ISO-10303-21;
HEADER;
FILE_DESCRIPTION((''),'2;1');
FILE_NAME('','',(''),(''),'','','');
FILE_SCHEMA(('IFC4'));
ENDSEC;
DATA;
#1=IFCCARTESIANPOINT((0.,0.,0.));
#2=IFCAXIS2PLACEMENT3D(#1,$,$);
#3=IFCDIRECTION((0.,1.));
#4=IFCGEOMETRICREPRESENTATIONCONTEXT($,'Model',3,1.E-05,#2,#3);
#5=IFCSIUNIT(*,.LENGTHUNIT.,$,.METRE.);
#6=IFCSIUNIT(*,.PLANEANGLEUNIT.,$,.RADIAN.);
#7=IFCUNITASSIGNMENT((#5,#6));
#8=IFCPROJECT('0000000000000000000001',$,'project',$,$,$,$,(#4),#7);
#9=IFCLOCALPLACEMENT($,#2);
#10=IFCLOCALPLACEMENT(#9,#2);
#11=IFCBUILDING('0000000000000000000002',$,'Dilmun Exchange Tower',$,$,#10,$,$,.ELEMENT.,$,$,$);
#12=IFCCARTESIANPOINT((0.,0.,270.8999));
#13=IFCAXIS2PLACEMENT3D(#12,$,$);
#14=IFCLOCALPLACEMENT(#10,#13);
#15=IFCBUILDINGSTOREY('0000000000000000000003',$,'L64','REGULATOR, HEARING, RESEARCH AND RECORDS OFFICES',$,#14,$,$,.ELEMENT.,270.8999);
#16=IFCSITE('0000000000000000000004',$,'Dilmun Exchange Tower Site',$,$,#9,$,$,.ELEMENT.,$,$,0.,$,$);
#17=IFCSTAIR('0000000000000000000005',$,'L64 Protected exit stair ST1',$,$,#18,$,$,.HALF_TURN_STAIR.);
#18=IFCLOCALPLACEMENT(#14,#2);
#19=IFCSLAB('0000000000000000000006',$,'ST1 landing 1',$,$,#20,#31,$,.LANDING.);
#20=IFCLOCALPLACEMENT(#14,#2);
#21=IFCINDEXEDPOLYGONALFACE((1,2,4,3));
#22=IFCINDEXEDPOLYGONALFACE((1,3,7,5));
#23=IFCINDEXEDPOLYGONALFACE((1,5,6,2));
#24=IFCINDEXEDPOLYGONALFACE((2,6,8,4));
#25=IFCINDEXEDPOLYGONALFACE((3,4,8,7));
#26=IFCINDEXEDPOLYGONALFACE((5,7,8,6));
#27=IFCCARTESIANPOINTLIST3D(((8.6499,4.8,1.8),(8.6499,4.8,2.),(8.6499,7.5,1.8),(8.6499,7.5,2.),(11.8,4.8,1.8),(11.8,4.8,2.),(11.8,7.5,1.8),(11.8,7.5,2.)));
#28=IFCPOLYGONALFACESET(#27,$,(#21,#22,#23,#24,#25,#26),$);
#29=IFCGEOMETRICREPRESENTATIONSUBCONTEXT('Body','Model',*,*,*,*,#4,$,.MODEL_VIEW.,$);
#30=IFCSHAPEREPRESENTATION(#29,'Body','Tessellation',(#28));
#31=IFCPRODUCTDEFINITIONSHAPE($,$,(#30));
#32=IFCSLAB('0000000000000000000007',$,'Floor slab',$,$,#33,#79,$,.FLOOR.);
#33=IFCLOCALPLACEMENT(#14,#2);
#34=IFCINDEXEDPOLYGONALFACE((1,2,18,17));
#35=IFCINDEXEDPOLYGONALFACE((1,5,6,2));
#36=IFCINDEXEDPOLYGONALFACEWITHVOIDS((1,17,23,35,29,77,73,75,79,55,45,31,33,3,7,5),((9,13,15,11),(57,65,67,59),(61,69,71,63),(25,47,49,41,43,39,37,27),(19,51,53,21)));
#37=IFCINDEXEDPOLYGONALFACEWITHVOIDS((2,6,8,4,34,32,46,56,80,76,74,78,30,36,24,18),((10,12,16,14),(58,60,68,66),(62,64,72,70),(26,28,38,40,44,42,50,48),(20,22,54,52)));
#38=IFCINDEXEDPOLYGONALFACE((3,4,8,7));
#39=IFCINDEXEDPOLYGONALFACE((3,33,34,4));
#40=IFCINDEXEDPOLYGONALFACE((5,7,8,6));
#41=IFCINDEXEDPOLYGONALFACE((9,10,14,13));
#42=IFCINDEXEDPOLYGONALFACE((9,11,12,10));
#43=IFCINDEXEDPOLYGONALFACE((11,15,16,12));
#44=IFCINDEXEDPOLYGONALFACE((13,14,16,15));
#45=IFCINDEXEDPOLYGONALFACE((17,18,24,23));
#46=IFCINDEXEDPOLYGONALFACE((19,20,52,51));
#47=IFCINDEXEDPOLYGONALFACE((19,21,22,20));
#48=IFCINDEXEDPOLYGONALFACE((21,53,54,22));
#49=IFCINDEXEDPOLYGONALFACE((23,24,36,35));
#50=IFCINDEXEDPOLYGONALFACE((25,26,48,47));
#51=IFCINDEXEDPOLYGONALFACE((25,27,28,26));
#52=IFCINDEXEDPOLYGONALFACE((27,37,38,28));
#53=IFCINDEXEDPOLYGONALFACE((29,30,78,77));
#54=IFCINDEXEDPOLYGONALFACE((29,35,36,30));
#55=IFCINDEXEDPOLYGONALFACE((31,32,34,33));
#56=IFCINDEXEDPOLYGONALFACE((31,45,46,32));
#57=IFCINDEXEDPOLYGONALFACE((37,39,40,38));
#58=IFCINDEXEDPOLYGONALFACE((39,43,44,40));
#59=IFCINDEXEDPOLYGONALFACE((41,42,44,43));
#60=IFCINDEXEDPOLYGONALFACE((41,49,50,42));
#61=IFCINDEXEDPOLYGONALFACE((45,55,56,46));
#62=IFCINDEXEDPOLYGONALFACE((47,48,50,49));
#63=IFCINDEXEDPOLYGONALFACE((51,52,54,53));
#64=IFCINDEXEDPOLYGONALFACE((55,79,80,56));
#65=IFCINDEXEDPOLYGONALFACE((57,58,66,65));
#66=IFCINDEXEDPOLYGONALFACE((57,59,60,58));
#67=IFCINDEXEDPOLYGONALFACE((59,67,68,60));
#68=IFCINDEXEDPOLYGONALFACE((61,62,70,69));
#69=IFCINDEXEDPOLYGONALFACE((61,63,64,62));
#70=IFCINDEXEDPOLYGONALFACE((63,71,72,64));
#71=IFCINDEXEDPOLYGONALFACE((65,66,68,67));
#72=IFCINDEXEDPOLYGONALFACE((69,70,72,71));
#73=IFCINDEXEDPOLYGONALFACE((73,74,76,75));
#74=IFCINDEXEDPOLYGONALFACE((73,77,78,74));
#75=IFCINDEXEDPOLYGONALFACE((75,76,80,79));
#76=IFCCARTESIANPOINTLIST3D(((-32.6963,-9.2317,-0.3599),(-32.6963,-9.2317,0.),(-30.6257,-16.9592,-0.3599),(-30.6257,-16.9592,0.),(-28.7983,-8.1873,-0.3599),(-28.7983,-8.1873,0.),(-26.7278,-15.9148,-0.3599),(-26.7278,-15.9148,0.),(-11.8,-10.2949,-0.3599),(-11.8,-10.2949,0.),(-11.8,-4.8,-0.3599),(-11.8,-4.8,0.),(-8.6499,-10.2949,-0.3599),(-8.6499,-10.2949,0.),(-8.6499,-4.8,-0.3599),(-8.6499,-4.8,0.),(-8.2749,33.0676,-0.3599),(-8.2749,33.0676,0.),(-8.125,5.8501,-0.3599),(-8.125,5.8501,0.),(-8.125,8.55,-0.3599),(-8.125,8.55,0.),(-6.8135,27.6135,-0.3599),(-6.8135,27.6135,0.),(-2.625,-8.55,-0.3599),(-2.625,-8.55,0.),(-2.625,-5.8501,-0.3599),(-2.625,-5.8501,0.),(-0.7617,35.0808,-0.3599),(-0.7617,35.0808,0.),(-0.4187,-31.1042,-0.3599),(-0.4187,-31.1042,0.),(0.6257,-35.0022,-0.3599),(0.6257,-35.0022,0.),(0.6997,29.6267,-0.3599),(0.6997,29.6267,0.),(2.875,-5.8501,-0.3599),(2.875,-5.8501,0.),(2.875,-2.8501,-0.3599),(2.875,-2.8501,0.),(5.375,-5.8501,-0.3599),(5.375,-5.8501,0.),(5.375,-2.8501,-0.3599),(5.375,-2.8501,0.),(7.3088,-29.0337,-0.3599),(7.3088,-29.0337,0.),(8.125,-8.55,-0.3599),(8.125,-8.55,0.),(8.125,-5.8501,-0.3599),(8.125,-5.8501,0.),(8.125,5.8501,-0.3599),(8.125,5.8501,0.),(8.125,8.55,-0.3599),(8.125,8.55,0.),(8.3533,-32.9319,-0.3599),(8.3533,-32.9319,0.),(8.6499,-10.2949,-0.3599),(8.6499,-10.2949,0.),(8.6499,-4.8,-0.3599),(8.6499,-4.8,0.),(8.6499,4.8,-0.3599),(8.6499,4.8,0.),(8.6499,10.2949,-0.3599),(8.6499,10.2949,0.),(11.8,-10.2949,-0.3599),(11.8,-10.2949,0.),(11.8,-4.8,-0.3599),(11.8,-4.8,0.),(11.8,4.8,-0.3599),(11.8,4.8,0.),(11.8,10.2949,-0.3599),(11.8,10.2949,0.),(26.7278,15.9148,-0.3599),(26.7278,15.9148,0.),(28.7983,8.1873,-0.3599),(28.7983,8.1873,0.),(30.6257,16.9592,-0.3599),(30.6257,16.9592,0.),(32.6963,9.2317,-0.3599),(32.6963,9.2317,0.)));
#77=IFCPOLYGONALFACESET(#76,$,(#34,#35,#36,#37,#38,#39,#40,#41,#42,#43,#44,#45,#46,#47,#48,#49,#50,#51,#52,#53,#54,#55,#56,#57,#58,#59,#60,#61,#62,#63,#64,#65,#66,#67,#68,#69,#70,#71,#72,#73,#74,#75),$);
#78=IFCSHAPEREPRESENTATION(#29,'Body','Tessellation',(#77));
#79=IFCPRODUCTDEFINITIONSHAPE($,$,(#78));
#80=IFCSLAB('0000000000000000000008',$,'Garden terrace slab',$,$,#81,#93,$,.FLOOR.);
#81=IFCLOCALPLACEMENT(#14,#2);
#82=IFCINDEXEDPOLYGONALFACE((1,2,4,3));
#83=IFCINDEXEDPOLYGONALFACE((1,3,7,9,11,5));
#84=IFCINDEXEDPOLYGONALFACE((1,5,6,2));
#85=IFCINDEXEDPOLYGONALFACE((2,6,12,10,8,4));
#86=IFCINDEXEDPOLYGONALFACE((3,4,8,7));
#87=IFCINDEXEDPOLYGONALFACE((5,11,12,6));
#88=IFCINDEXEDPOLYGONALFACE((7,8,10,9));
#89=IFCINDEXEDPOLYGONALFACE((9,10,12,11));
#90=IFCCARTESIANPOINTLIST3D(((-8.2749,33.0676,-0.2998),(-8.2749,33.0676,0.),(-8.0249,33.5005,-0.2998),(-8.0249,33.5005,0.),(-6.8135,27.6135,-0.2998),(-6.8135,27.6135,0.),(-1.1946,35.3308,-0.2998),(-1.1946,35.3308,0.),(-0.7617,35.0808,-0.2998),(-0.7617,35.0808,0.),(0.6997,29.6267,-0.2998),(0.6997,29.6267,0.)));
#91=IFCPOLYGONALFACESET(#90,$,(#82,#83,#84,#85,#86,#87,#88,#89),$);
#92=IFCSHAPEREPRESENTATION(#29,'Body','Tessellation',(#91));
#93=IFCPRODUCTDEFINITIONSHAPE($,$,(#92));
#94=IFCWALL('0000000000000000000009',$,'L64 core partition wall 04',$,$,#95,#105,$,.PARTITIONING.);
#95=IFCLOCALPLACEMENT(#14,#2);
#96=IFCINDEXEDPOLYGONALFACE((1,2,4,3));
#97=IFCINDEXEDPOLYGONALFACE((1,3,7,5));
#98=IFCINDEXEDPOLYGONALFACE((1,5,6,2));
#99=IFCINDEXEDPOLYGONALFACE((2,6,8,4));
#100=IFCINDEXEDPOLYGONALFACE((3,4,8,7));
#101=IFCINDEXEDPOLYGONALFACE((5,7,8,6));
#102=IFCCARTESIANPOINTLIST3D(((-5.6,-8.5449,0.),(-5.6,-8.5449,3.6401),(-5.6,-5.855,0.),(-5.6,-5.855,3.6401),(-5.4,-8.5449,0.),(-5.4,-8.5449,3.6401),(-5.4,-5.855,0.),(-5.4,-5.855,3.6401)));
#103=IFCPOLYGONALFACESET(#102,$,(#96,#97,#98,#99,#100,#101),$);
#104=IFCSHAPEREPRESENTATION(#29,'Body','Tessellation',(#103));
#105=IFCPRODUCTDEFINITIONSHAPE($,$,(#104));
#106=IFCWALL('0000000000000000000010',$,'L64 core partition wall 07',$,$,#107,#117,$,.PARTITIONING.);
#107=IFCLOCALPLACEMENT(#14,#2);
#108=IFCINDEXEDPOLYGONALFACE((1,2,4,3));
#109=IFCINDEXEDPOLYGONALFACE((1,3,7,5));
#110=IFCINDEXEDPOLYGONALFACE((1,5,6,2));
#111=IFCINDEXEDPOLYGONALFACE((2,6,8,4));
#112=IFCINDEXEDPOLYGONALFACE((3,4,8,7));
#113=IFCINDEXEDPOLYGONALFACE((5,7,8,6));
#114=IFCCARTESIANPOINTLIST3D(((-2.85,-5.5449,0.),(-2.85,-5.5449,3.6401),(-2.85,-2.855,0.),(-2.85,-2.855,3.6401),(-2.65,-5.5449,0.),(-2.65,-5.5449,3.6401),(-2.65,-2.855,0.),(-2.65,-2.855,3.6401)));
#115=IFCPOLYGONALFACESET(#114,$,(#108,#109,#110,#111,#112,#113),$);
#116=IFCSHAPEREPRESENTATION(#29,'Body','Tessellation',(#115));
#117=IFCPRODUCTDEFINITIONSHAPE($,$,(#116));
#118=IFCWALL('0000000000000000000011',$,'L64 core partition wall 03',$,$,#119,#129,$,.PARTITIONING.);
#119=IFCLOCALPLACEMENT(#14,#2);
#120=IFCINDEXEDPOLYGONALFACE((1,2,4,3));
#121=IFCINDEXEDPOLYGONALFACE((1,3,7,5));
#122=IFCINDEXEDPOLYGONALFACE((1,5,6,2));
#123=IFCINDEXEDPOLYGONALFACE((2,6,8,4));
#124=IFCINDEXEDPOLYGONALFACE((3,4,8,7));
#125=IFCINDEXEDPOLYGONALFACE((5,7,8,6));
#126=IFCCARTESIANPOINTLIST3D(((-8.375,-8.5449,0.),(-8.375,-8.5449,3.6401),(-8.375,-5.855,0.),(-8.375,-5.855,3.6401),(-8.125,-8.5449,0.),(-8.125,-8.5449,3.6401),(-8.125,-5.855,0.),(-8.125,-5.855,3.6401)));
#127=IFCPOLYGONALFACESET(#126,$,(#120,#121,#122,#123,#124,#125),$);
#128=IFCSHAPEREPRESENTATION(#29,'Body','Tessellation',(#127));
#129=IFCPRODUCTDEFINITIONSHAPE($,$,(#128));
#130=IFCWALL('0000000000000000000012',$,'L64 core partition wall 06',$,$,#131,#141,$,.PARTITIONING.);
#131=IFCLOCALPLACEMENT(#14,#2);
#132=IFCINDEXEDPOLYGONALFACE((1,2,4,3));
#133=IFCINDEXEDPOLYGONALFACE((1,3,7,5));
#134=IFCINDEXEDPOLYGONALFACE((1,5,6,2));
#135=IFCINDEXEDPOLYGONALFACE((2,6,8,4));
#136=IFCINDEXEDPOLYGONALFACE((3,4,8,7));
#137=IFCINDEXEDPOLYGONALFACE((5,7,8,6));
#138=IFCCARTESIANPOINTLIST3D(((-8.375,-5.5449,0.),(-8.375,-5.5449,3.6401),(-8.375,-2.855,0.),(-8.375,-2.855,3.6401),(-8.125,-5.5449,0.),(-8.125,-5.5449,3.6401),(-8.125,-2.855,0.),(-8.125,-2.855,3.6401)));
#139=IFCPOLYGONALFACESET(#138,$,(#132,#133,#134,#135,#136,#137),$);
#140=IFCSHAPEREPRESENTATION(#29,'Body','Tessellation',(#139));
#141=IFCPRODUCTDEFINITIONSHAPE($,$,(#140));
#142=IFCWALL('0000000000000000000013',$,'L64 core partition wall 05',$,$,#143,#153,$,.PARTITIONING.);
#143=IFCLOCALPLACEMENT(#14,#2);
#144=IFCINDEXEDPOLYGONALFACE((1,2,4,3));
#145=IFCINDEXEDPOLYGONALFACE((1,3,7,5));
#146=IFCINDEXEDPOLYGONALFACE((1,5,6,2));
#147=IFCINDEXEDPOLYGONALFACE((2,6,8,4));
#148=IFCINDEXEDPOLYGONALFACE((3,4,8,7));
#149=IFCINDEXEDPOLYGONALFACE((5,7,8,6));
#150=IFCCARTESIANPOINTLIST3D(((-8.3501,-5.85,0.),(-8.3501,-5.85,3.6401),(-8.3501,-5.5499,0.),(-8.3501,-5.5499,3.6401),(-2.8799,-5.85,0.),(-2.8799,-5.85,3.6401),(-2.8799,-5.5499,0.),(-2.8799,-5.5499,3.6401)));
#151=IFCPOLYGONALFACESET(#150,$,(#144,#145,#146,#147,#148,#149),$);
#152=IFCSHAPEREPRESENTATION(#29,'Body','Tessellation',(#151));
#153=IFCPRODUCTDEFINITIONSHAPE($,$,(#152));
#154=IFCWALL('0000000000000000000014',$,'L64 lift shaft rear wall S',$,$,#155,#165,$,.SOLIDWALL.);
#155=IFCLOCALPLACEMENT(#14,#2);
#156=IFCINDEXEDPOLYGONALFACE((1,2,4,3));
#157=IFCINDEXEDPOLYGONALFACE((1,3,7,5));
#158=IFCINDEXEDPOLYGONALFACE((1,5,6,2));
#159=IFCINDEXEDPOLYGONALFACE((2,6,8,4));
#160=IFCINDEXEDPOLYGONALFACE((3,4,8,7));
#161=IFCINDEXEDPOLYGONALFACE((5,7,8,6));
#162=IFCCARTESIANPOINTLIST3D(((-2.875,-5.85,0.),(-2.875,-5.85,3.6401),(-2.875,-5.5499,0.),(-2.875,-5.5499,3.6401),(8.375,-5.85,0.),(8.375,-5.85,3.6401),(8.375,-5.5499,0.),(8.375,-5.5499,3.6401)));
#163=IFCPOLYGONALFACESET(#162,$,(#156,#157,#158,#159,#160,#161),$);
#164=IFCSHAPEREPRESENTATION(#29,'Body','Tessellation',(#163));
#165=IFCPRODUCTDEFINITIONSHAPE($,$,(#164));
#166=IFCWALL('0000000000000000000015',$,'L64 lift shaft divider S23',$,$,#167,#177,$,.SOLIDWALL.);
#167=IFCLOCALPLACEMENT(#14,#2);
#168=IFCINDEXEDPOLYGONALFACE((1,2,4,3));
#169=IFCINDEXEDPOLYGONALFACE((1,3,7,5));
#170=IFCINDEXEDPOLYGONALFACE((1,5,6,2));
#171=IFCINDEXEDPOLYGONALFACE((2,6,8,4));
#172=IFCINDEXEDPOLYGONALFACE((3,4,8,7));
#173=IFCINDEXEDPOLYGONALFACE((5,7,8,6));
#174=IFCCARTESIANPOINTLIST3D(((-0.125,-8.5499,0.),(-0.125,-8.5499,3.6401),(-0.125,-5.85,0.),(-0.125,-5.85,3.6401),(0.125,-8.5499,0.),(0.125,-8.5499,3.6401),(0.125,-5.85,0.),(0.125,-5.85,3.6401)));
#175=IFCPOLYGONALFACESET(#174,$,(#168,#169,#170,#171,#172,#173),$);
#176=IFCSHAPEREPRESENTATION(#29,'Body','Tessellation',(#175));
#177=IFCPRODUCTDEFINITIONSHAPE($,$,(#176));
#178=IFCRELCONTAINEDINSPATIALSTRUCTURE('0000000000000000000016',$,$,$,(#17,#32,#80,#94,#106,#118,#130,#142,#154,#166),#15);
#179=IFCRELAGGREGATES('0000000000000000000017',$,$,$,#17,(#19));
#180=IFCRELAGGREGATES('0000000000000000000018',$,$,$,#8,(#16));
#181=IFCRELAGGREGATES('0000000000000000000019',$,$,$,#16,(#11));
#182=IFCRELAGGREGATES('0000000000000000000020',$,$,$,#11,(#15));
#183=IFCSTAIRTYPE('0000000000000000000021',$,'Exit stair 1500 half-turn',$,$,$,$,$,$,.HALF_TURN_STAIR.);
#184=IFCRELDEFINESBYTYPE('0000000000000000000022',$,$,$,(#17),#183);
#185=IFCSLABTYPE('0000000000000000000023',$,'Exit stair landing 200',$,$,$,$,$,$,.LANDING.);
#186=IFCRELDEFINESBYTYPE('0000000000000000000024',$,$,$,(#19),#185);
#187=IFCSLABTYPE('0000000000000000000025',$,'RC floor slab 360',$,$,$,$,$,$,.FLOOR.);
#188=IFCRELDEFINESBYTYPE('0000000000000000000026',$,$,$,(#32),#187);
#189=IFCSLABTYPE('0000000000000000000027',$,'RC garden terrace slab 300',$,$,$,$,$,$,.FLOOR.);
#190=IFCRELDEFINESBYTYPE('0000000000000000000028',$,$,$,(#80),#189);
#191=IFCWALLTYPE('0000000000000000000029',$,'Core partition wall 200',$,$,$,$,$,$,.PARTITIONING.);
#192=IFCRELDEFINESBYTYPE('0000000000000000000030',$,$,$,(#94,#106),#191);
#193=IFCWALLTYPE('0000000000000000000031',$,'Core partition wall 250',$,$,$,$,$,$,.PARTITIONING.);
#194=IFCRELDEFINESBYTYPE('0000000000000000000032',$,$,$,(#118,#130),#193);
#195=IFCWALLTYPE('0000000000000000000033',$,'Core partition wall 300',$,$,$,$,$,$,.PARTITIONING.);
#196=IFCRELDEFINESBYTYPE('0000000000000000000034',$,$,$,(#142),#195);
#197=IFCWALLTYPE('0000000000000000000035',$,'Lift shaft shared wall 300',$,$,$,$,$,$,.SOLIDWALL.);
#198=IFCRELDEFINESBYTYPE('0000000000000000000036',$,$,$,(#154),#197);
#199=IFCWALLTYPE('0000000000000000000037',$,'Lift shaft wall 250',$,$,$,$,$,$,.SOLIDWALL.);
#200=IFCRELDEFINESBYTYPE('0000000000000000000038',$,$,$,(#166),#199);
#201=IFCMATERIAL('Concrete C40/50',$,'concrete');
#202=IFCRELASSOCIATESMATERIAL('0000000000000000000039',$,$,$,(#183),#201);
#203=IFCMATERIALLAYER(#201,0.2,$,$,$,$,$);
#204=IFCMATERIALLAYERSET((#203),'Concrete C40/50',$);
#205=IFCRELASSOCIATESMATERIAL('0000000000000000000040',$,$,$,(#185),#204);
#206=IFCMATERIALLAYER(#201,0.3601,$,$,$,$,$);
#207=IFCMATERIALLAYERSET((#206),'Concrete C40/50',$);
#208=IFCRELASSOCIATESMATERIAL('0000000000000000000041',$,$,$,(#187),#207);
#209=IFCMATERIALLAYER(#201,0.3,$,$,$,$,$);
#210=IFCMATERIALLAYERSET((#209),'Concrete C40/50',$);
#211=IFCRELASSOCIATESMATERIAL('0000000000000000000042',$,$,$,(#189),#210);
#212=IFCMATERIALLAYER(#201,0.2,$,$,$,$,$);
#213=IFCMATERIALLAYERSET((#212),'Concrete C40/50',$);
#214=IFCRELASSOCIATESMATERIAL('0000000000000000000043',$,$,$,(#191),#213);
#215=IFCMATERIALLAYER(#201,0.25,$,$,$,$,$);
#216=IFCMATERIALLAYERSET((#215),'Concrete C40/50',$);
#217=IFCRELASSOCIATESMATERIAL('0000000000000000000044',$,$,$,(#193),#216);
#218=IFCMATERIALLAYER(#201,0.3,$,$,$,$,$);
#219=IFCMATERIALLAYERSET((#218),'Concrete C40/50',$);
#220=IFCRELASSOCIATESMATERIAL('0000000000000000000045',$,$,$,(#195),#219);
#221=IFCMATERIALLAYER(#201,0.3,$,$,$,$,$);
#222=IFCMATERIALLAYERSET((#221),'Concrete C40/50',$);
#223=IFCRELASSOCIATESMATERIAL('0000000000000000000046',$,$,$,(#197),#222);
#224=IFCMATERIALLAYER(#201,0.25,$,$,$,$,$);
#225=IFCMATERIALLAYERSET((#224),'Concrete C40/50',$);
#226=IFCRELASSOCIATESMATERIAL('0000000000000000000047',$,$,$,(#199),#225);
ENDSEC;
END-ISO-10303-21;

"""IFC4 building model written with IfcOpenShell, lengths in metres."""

from ifc_helpers import new_model, si_unit, direction, frame, frame_2d, origin, place, context, subcontext, project, spatial, polyline, rectangle, outline, extrude, material, layer, layer_set, type_object, element, aggregate, save


model = new_model("IFC4")

# Units and contexts
model_context = context("Model", 3, precision=1e-05, world=origin(), true_north=direction((0.0, 1.0)))
body_context = subcontext(model_context, "Body", "Model", "MODEL_VIEW")
ifc_project = project(units=[si_unit("LENGTHUNIT", "METRE"), si_unit("PLANEANGLEUNIT", "RADIAN")], contexts=[model_context])

# Site, building, storey
site_placement = place(None, origin())
site = spatial("IfcSite", under=ifc_project, at=site_placement, Name="Dilmun Exchange Tower Site", CompositionType="ELEMENT", RefElevation=0.0)
building_placement = place(site_placement, origin())
building = spatial("IfcBuilding", under=site, at=building_placement, Name="Dilmun Exchange Tower", CompositionType="ELEMENT")
storey_placement = place(building_placement, frame((0.0, 0.0, 270.8999)))
storey = spatial("IfcBuildingStorey", under=building, at=storey_placement, Name="L64", Description="REGULATOR, HEARING, RESEARCH AND RECORDS OFFICES", CompositionType="ELEMENT", Elevation=270.8999)

# Stair, slab
ifc_material_1 = material(Name="Concrete C40/50", Category="concrete")
stair_type = type_object("IfcStairType", Name="Exit stair 1500 half-turn", PredefinedType="HALF_TURN_STAIR", material=ifc_material_1)
stair_1_placement = place(storey_placement, origin())
stair_1 = element("IfcStair", 1, at=stair_1_placement, inside=storey, type_object=stair_type, Name="L64 Protected exit stair ST1", PredefinedType="HALF_TURN_STAIR")
ifc_layer_1 = layer(ifc_material_1, 0.2)
ifc_layer_set_1 = layer_set([ifc_layer_1], Name="Concrete C40/50")
slab_type_1 = type_object("IfcSlabType", Name="Exit stair landing 200", PredefinedType="LANDING", material=ifc_layer_set_1)
slab_1_placement = place(storey_placement, frame((0.0, 0.0, 1.8)))
slab_1 = element("IfcSlab", 2, at=slab_1_placement, type_object=slab_type_1, Name="ST1 landing 1", PredefinedType="LANDING", context=body_context, shape_type="SweptSolid", body=[
    extrude(outline(polyline([(8.6499, 7.5), (8.6499, 4.8), (11.8, 4.8), (11.8, 7.5), (8.6499, 7.5)])), origin(), (0.0, 0.0, 1.0), 0.2),
])
aggregate(stair_1, [slab_1])

# Slabs
ifc_layer_2 = layer(ifc_material_1, 0.3601)
ifc_layer_set_2 = layer_set([ifc_layer_2], Name="Concrete C40/50")
slab_type_2 = type_object("IfcSlabType", Name="RC floor slab 360", PredefinedType="FLOOR", material=ifc_layer_set_2)
slab_2_placement = place(storey_placement, frame((0.0, 0.0, -0.3599)))
element("IfcSlab", 3, at=slab_2_placement, inside=storey, type_object=slab_type_2, Name="Floor slab", PredefinedType="FLOOR", context=body_context, shape_type="SweptSolid", body=[
    extrude(outline(polyline([(26.7278, 15.9148), (28.7983, 8.1873), (32.6963, 9.2317), (8.3533, -32.9319), (7.3088, -29.0337), (-0.4187, -31.1042), (0.6257, -35.0022), (-30.6257, -16.9592), (-26.7278, -15.9148), (-28.7983, -8.1873), (-32.6963, -9.2317), (-8.2749, 33.0676), (-6.8135, 27.6135), (0.6997, 29.6267), (-0.7617, 35.0808), (30.6257, 16.9592), (26.7278, 15.9148)]), holes=[polyline([(-8.6499, -4.8), (-11.8, -4.8), (-11.8, -10.2949), (-8.6499, -10.2949), (-8.6499, -4.8)]), polyline([(11.8, -4.8), (8.6499, -4.8), (8.6499, -10.2949), (11.8, -10.2949), (11.8, -4.8)]), polyline([(2.875, -5.8501), (-2.625, -5.8501), (-2.625, -8.55), (8.125, -8.55), (8.125, -5.8501), (5.375, -5.8501), (5.375, -2.8501), (2.875, -2.8501), (2.875, -5.8501)]), polyline([(8.125, 5.8501), (8.125, 8.55), (-8.125, 8.55), (-8.125, 5.8501), (8.125, 5.8501)]), polyline([(8.6499, 10.2949), (8.6499, 4.8), (11.8, 4.8), (11.8, 10.2949), (8.6499, 10.2949)])]), origin(), (0.0, 0.0, 1.0), 0.3599),
])
ifc_layer_3 = layer(ifc_material_1, 0.3)
ifc_layer_set_3 = layer_set([ifc_layer_3], Name="Concrete C40/50")
slab_type_3 = type_object("IfcSlabType", Name="RC garden terrace slab 300", PredefinedType="FLOOR", material=ifc_layer_set_3)
slab_3_placement = place(storey_placement, frame((0.0, 0.0, -0.2998)))
element("IfcSlab", 4, at=slab_3_placement, inside=storey, type_object=slab_type_3, Name="Garden terrace slab", PredefinedType="FLOOR", context=body_context, shape_type="SweptSolid", body=[
    extrude(outline(polyline([(-6.8135, 27.6135), (-8.2749, 33.0676), (-8.0249, 33.5005), (-1.1946, 35.3308), (-0.7617, 35.0808), (0.6997, 29.6267), (-6.8135, 27.6135)])), origin(), (0.0, 0.0, 1.0), 0.2998),
])

# Walls
ifc_layer_4 = layer(ifc_material_1, 0.2)
ifc_layer_set_4 = layer_set([ifc_layer_4], Name="Concrete C40/50")
wall_type_1 = type_object("IfcWallType", Name="Core partition wall 200", PredefinedType="PARTITIONING", material=ifc_layer_set_4)
for number, where, z_axis, x_axis, name in (
    (5, (-5.5, -8.5449, 0.0), (0.0, 0.0, 1.0), (0.0, 1.0, 0.0), "L64 core partition wall 04"),
    (6, (-2.75, -5.5449, 0.0), (0.0, 0.0, 1.0), (0.0, 1.0, 0.0), "L64 core partition wall 07"),
):
    element("IfcWall", number, at=place(storey_placement, frame(where, z_axis=z_axis, x_axis=x_axis)), inside=storey, type_object=wall_type_1, Name=name, PredefinedType="PARTITIONING", context=body_context, shape_type="SweptSolid", body=[
        extrude(rectangle(XDim=2.6899, YDim=0.2, at=frame_2d((1.345, 0.0))), origin(), (0.0, 0.0, 1.0), 3.6401),
    ])

# Walls
ifc_layer_5 = layer(ifc_material_1, 0.25)
ifc_layer_set_5 = layer_set([ifc_layer_5], Name="Concrete C40/50")
wall_type_2 = type_object("IfcWallType", Name="Core partition wall 250", PredefinedType="PARTITIONING", material=ifc_layer_set_5)
for number, where, z_axis, x_axis, name in (
    (7, (-8.25, -8.5449, 0.0), (0.0, 0.0, 1.0), (0.0, 1.0, 0.0), "L64 core partition wall 03"),
    (8, (-8.25, -5.5449, 0.0), (0.0, 0.0, 1.0), (0.0, 1.0, 0.0), "L64 core partition wall 06"),
):
    element("IfcWall", number, at=place(storey_placement, frame(where, z_axis=z_axis, x_axis=x_axis)), inside=storey, type_object=wall_type_2, Name=name, PredefinedType="PARTITIONING", context=body_context, shape_type="SweptSolid", body=[
        extrude(rectangle(XDim=2.6899, YDim=0.25, at=frame_2d((1.345, 0.0))), origin(), (0.0, 0.0, 1.0), 3.6401),
    ])
ifc_layer_6 = layer(ifc_material_1, 0.3)
ifc_layer_set_6 = layer_set([ifc_layer_6], Name="Concrete C40/50")
wall_type_3 = type_object("IfcWallType", Name="Core partition wall 300", PredefinedType="PARTITIONING", material=ifc_layer_set_6)
wall_1_placement = place(storey_placement, frame((-8.3501, -5.7, 0.0), z_axis=(0.0, 0.0, 1.0), x_axis=(1.0, 0.0, 0.0)))
element("IfcWall", 9, at=wall_1_placement, inside=storey, type_object=wall_type_3, Name="L64 core partition wall 05", PredefinedType="PARTITIONING", context=body_context, shape_type="SweptSolid", body=[
    extrude(rectangle(XDim=5.4702, YDim=0.3, at=frame_2d((2.7351, 0.0))), origin(), (0.0, 0.0, 1.0), 3.6401),
])
ifc_layer_7 = layer(ifc_material_1, 0.3)
ifc_layer_set_7 = layer_set([ifc_layer_7], Name="Concrete C40/50")
wall_type_4 = type_object("IfcWallType", Name="Lift shaft shared wall 300", PredefinedType="SOLIDWALL", material=ifc_layer_set_7)
wall_2_placement = place(storey_placement, frame((-2.875, -5.7, 0.0), z_axis=(0.0, 0.0, 1.0), x_axis=(1.0, 0.0, 0.0)))
element("IfcWall", 10, at=wall_2_placement, inside=storey, type_object=wall_type_4, Name="L64 lift shaft rear wall S", PredefinedType="SOLIDWALL", context=body_context, shape_type="SweptSolid", body=[
    extrude(rectangle(XDim=11.25, YDim=0.3, at=frame_2d((5.625, 0.0))), origin(), (0.0, 0.0, 1.0), 3.6401),
])
ifc_layer_8 = layer(ifc_material_1, 0.25)
ifc_layer_set_8 = layer_set([ifc_layer_8], Name="Concrete C40/50")
wall_type_5 = type_object("IfcWallType", Name="Lift shaft wall 250", PredefinedType="SOLIDWALL", material=ifc_layer_set_8)
wall_3_placement = place(storey_placement, frame((0.0, -8.55, 0.0), z_axis=(0.0, 0.0, 1.0), x_axis=(0.0, 1.0, 0.0)))
element("IfcWall", 11, at=wall_3_placement, inside=storey, type_object=wall_type_5, Name="L64 lift shaft divider S23", PredefinedType="SOLIDWALL", context=body_context, shape_type="SweptSolid", body=[
    extrude(rectangle(XDim=2.7, YDim=0.25, at=frame_2d((1.3501, 0.0))), origin(), (0.0, 0.0, 1.0), 3.6401),
])

save(model, "model.ifc")
